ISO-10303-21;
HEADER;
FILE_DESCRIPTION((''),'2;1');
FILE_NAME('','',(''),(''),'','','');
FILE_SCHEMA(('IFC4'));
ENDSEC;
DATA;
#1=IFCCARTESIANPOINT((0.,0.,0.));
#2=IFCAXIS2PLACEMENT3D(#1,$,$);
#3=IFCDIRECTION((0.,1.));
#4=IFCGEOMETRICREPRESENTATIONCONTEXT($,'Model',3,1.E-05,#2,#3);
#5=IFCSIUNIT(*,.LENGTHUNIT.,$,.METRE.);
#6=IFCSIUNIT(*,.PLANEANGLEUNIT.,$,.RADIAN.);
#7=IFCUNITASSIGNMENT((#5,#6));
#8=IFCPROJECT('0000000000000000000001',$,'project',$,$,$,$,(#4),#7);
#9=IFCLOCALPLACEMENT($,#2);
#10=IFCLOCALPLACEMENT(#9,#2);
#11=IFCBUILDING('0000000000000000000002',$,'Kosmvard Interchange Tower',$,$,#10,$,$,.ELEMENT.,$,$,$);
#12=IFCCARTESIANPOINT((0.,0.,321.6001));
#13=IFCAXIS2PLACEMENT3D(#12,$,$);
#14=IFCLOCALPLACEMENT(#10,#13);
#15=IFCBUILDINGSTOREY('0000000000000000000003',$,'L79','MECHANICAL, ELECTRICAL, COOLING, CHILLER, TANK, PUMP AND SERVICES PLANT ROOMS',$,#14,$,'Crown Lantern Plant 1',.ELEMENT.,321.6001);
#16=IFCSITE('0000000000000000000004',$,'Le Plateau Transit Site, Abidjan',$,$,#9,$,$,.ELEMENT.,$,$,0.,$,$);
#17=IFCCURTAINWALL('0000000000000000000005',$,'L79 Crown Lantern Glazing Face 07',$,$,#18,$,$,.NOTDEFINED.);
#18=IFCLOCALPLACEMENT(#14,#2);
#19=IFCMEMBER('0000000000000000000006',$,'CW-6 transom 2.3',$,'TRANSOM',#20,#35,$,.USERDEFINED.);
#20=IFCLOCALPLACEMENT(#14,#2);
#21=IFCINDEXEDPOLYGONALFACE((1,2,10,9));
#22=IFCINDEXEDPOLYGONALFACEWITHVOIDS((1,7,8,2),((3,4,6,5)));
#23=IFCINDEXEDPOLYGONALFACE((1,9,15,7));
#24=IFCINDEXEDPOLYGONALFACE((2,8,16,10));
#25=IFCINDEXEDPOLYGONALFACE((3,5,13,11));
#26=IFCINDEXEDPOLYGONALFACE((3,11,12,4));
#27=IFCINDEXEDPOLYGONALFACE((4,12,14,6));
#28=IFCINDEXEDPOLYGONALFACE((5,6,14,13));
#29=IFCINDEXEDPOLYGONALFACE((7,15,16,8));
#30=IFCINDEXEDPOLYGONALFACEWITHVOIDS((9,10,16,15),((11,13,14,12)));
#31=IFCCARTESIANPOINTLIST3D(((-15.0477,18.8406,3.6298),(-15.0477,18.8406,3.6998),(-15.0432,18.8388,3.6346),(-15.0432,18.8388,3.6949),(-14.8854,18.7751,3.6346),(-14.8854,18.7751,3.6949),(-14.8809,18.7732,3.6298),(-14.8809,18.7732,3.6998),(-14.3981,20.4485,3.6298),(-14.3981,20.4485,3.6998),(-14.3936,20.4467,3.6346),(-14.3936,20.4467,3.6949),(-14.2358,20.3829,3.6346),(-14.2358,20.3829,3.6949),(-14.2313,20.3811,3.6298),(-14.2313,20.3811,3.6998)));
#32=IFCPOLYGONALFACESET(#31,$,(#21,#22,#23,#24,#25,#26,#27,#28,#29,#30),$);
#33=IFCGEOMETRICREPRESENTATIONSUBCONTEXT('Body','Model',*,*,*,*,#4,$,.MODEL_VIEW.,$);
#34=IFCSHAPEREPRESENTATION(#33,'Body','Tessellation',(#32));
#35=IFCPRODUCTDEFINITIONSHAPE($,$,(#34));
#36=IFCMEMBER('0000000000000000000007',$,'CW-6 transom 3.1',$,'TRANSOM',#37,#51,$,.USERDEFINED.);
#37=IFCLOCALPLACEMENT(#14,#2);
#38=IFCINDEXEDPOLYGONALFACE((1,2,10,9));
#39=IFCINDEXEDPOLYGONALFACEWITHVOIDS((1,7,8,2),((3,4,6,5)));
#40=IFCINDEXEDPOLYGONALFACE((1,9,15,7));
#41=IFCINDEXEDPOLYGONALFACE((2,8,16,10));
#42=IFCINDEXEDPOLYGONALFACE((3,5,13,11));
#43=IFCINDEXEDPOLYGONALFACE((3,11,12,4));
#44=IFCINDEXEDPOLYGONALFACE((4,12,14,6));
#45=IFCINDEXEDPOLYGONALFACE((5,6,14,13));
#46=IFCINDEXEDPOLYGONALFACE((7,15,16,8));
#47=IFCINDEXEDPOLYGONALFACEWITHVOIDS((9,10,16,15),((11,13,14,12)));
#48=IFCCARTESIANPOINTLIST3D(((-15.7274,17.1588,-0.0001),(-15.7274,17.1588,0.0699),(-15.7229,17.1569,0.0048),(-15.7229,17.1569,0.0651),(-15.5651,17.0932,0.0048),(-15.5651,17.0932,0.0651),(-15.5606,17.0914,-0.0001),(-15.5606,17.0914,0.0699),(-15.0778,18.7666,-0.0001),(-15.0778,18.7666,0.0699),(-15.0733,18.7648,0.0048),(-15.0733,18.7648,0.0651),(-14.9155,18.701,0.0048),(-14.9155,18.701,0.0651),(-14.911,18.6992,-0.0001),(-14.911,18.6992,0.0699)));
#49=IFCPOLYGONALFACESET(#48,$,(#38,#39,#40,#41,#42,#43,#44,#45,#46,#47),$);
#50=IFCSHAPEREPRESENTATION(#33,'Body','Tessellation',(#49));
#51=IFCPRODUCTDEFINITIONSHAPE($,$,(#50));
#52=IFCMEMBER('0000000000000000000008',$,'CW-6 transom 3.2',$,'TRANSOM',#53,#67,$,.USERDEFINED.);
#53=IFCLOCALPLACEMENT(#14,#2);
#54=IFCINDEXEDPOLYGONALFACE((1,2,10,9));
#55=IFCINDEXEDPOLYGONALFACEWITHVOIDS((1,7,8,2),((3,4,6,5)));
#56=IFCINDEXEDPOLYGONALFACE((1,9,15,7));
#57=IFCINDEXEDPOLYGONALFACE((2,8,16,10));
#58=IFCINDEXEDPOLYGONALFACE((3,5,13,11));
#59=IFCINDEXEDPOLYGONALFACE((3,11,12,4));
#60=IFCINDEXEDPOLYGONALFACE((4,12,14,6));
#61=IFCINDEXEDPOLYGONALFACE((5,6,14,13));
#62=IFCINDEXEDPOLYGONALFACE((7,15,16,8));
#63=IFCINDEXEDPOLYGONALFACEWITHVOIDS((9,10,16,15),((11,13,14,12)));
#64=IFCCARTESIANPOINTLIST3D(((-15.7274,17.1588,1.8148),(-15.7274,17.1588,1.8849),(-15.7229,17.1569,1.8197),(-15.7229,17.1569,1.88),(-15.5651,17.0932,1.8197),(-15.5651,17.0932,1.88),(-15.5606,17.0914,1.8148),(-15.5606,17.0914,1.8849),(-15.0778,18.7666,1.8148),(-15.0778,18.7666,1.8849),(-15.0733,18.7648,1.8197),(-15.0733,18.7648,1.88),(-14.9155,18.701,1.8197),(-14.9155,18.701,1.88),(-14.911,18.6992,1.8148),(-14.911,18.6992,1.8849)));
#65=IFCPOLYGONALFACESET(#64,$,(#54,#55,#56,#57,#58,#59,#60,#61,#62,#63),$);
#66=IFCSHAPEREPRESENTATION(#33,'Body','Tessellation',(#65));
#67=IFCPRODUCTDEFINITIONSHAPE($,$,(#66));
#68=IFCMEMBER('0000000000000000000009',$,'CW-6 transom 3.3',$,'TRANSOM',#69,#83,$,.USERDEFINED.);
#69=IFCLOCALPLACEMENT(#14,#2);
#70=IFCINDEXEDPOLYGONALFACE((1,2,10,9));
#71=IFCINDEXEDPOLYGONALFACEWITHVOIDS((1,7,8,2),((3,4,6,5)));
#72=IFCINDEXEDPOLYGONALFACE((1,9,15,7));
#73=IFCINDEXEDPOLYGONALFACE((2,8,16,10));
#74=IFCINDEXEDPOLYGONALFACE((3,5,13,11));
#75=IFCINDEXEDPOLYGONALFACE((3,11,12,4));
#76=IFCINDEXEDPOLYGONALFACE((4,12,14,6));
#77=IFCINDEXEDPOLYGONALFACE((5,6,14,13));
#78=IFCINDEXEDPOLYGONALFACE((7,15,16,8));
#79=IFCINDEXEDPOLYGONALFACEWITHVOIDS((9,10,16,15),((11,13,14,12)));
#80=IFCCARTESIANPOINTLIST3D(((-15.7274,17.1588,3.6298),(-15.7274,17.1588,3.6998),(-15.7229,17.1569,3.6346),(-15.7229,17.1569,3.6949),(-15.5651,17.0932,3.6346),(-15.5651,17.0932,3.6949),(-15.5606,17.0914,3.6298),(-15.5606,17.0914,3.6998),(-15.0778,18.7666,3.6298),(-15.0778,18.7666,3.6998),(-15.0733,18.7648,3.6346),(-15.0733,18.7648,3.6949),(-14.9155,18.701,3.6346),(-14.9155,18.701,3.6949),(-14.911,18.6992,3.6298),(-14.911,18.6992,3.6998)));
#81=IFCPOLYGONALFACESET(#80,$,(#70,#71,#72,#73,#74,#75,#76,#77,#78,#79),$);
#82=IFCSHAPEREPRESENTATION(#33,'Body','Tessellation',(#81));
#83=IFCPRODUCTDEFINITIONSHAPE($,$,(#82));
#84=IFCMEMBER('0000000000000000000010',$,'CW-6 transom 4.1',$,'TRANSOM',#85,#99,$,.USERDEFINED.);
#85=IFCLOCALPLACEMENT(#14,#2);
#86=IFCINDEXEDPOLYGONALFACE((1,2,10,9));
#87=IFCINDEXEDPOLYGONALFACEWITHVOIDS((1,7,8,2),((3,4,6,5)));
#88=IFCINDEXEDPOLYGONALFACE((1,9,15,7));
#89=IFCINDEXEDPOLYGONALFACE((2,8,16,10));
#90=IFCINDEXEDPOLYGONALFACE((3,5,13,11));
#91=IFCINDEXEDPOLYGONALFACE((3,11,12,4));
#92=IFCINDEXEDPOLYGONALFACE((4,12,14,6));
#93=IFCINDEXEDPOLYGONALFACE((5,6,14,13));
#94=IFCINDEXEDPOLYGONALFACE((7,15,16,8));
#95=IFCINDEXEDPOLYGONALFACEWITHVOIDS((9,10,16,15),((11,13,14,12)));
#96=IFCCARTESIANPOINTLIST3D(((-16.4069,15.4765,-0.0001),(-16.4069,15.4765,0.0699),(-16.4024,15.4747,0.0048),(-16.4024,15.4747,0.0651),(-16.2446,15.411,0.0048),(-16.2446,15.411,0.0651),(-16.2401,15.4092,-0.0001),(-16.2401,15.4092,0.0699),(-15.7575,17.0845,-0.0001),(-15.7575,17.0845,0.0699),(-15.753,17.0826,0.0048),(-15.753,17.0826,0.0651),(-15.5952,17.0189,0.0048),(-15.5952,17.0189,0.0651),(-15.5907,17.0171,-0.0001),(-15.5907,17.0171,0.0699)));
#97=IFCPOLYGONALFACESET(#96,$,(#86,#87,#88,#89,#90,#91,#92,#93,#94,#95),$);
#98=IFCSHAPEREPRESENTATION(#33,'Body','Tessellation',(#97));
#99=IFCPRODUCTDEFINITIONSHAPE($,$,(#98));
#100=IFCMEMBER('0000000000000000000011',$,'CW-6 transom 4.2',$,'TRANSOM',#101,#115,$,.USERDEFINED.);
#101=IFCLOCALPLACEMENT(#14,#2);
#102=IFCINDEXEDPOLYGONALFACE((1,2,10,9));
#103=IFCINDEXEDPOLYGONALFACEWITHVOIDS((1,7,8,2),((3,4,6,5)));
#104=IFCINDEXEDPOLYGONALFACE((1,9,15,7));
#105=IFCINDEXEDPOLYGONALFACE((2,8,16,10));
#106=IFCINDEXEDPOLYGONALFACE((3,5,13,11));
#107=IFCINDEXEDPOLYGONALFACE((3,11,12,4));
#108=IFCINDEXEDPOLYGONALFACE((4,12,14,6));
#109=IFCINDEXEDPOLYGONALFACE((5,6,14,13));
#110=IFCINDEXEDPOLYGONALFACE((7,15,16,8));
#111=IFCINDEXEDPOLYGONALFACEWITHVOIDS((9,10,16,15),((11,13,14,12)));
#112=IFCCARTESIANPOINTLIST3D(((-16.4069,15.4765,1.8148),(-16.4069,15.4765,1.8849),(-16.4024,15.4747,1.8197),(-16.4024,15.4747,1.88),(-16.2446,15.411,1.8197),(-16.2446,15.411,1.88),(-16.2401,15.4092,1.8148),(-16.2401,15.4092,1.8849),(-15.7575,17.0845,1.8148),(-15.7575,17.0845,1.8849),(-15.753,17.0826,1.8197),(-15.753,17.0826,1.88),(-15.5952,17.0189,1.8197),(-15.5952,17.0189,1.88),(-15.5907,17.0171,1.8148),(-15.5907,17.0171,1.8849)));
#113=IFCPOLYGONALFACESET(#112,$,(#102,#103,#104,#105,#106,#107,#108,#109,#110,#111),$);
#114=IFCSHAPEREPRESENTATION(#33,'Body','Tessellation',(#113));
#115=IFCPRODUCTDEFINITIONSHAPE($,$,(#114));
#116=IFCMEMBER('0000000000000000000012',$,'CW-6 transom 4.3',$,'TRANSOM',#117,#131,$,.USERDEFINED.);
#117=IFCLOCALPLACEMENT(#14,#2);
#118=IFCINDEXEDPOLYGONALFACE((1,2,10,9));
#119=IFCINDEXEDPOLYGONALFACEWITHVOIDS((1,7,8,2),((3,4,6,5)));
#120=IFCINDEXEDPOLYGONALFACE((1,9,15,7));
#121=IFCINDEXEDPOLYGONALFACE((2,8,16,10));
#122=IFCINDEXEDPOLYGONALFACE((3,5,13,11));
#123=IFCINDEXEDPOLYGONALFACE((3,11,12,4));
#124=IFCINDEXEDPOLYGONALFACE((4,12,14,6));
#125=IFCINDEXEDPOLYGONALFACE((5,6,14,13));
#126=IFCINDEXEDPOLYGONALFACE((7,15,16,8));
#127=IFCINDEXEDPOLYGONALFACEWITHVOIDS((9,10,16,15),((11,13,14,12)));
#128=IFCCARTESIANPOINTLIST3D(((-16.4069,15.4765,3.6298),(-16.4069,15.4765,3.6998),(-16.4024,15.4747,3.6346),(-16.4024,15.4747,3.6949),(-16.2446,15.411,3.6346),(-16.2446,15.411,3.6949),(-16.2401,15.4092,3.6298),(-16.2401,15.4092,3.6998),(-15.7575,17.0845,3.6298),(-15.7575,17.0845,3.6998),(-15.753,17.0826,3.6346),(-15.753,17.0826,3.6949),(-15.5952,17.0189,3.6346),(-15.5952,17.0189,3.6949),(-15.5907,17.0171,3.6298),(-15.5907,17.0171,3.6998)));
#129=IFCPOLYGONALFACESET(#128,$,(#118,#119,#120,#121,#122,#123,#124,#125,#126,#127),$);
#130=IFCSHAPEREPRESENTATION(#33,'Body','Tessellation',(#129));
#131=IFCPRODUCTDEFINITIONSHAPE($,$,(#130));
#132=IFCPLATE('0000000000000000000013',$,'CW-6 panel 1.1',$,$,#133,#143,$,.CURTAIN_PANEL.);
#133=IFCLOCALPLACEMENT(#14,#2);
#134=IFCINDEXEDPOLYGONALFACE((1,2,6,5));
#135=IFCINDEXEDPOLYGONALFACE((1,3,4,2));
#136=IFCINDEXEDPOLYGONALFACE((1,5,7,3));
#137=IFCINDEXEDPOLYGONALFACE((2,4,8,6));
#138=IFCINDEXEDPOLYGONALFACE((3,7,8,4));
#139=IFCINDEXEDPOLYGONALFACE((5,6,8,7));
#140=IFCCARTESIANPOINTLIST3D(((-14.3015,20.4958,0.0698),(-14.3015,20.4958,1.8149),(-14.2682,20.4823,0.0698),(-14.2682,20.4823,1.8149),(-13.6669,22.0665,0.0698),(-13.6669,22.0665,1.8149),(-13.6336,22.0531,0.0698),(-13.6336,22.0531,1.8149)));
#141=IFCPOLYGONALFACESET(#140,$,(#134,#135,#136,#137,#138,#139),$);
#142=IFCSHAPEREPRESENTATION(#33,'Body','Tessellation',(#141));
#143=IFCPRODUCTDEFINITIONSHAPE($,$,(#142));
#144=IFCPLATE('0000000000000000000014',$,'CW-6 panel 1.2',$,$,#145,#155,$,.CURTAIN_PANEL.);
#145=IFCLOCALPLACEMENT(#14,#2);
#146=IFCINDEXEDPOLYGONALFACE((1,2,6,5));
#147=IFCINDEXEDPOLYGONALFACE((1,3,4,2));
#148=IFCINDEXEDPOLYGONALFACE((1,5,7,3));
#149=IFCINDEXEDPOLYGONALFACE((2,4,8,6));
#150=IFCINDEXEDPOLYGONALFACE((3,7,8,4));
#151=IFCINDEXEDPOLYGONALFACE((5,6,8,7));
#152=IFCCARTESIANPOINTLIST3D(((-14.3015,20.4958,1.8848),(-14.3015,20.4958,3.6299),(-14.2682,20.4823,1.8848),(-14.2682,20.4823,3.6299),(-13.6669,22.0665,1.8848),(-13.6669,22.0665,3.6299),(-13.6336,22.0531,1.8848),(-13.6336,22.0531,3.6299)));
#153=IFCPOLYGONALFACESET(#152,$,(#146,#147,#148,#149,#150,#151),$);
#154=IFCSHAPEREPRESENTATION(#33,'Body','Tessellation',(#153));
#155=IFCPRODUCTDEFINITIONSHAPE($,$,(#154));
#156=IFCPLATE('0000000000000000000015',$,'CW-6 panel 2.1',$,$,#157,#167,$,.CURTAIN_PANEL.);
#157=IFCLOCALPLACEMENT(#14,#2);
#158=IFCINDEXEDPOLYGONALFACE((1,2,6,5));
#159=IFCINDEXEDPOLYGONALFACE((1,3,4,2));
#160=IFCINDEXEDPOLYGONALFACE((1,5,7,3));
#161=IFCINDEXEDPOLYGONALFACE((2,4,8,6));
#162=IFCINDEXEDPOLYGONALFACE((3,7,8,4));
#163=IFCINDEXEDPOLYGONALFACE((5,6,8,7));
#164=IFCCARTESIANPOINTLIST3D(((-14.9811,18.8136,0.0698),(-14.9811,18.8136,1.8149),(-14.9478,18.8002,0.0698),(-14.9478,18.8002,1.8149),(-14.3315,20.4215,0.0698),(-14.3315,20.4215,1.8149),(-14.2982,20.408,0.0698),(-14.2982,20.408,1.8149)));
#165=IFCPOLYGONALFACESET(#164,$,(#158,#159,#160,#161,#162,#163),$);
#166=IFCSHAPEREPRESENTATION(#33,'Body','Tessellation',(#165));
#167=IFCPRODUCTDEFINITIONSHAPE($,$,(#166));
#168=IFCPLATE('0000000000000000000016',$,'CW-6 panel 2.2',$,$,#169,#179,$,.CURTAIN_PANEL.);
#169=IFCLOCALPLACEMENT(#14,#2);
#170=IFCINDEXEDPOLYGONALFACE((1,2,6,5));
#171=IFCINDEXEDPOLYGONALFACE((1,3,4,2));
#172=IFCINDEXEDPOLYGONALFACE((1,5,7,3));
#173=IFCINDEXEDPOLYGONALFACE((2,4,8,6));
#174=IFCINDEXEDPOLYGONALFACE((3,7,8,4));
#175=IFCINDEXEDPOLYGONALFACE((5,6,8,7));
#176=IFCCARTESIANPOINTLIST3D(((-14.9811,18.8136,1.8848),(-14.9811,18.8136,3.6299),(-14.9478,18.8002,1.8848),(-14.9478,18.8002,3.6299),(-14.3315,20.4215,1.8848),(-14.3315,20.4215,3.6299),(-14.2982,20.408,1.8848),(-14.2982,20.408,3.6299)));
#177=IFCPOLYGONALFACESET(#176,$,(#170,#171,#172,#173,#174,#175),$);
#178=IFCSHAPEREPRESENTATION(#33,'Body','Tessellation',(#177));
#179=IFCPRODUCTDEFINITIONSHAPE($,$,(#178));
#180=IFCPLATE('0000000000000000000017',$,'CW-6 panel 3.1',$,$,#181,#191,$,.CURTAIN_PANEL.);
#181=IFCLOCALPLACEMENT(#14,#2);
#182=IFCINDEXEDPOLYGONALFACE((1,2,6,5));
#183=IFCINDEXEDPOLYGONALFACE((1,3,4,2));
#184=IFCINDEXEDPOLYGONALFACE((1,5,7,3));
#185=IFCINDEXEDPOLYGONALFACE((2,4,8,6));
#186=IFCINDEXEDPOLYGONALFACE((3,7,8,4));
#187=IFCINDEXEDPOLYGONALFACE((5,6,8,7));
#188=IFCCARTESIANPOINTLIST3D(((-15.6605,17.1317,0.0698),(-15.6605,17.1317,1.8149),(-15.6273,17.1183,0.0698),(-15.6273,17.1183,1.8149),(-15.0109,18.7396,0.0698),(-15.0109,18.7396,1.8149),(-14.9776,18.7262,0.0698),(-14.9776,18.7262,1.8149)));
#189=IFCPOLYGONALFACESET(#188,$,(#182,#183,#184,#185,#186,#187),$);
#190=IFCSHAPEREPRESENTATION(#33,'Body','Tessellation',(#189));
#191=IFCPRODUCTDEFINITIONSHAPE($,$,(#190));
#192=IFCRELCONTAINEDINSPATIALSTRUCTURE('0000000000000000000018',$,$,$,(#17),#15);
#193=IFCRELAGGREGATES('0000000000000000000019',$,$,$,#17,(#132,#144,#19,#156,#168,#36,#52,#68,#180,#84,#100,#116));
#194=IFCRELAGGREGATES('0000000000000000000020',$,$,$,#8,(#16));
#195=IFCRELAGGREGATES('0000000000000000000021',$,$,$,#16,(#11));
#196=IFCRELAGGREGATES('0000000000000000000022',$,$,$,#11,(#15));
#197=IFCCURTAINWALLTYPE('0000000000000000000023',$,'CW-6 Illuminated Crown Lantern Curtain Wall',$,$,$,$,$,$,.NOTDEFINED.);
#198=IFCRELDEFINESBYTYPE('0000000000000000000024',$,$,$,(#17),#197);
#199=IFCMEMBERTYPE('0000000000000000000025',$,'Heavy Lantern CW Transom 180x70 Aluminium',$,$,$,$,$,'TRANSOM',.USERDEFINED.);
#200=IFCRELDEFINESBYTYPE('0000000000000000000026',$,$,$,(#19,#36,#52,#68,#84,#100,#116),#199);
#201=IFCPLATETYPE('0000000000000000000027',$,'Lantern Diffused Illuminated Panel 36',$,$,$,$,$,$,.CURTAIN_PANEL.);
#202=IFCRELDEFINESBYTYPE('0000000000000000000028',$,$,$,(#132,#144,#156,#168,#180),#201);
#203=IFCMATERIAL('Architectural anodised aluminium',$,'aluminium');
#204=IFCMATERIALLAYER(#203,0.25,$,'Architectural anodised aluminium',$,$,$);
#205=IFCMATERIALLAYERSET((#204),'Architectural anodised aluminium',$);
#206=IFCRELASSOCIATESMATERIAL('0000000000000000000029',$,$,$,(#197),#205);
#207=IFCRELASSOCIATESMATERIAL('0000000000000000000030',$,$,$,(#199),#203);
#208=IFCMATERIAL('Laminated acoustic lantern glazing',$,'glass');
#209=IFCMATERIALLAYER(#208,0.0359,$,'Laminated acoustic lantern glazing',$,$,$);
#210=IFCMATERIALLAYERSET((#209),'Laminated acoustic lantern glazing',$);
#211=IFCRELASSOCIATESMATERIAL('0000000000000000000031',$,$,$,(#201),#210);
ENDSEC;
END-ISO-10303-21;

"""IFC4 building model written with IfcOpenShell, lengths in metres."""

from ifc_helpers import new_model, si_unit, direction, frame, origin, origin_2d, place, context, subcontext, project, spatial, rectangle, hollow_rectangle, extrude, source, transform, mapped, material, layer, layer_set, material_profile, profile_set, type_object, element, aggregate, save


model = new_model("IFC4")

# Units and contexts
model_context = context("Model", 3, precision=1e-05, world=origin(), true_north=direction((0.0, 1.0)))
body_context = subcontext(model_context, "Body", "Model", "MODEL_VIEW")
ifc_project = project(units=[si_unit("LENGTHUNIT", "METRE"), si_unit("PLANEANGLEUNIT", "RADIAN")], contexts=[model_context])

# Site, building, storey
site_placement = place(None, origin())
site = spatial("IfcSite", under=ifc_project, at=site_placement, Name="Le Plateau Transit Site, Abidjan", CompositionType="ELEMENT", RefElevation=0.0)
building_placement = place(site_placement, origin())
building = spatial("IfcBuilding", under=site, at=building_placement, Name="Kosmvard Interchange Tower", CompositionType="ELEMENT")
storey_placement = place(building_placement, frame((0.0, 0.0, 321.6001)))
storey = spatial("IfcBuildingStorey", under=building, at=storey_placement, Name="L79", Description="MECHANICAL, ELECTRICAL, COOLING, CHILLER, TANK, PUMP AND SERVICES PLANT ROOMS", LongName="Crown Lantern Plant 1", CompositionType="ELEMENT", Elevation=321.6001)

# Curtain wall, members, plates
ifc_material_1 = material(Name="Architectural anodised aluminium", Category="aluminium")
ifc_layer_1 = layer(ifc_material_1, 0.25, Name="Architectural anodised aluminium")
ifc_layer_set_1 = layer_set([ifc_layer_1], Name="Architectural anodised aluminium")
curtain_wall_type = type_object("IfcCurtainWallType", Name="CW-6 Illuminated Crown Lantern Curtain Wall", PredefinedType="NOTDEFINED", material=ifc_layer_set_1)
curtain_wall_placement = place(storey_placement, origin())
curtain_wall = element("IfcCurtainWall", 1, at=curtain_wall_placement, inside=storey, type_object=curtain_wall_type, Name="L79 Crown Lantern Glazing Face 07", PredefinedType="NOTDEFINED")
ifc_material_profile_1 = material_profile(ifc_material_1, hollow_rectangle(XDim=0.1799, YDim=0.0701, WallThickness=0.0049, at=origin_2d()), Name="CWT 180x70x5")
ifc_profile_set_1 = profile_set([ifc_material_profile_1], Name="Architectural anodised aluminium")
member_type_1 = type_object("IfcMemberType", Name="Heavy Lantern CW Transom 180x70 Aluminium", ElementType="TRANSOM", PredefinedType="USERDEFINED", material=ifc_profile_set_1)
shared_shape_1 = source(origin(), body_context, "Body", "SweptSolid", [
    extrude(hollow_rectangle(XDim=0.1799, YDim=0.0701, WallThickness=0.0049, at=origin_2d()), origin(), (0.0, 0.0, 1.0), 1.7341),
])
member_1_placement = place(storey_placement, frame((-14.3147, 20.4148, 3.6648), z_axis=(-0.374617, -0.92718, 0.0), x_axis=(0.92718, -0.374617, 0.0)))
member_1 = element("IfcMember", 2, at=member_1_placement, type_object=member_type_1, Name="CW-6 transom 2.3", ObjectType="TRANSOM", PredefinedType="USERDEFINED", context=body_context, shape_type="MappedRepresentation", body=[
    mapped(shared_shape_1, transform((0.0, 0.0, 0.0), scale=1.0)),
])
member_2_placement = place(storey_placement, frame((-14.9944, 18.7329, 0.0349), z_axis=(-0.374617, -0.92718, 0.0), x_axis=(0.92718, -0.374617, 0.0)))
member_2 = element("IfcMember", 3, at=member_2_placement, type_object=member_type_1, Name="CW-6 transom 3.1", ObjectType="TRANSOM", PredefinedType="USERDEFINED", context=body_context, shape_type="MappedRepresentation", body=[
    mapped(shared_shape_1, transform((0.0, 0.0, 0.0), scale=1.0)),
])
member_3_placement = place(storey_placement, frame((-14.9944, 18.7329, 1.8499), z_axis=(-0.374617, -0.92718, 0.0), x_axis=(0.92718, -0.374617, 0.0)))
member_3 = element("IfcMember", 4, at=member_3_placement, type_object=member_type_1, Name="CW-6 transom 3.2", ObjectType="TRANSOM", PredefinedType="USERDEFINED", context=body_context, shape_type="MappedRepresentation", body=[
    mapped(shared_shape_1, transform((0.0, 0.0, 0.0), scale=1.0)),
])
member_4_placement = place(storey_placement, frame((-14.9944, 18.7329, 3.6648), z_axis=(-0.374617, -0.92718, 0.0), x_axis=(0.92718, -0.374617, 0.0)))
member_4 = element("IfcMember", 5, at=member_4_placement, type_object=member_type_1, Name="CW-6 transom 3.3", ObjectType="TRANSOM", PredefinedType="USERDEFINED", context=body_context, shape_type="MappedRepresentation", body=[
    mapped(shared_shape_1, transform((0.0, 0.0, 0.0), scale=1.0)),
])
member_5_placement = place(storey_placement, frame((-15.6741, 17.0508, 0.0349), z_axis=(-0.374496, -0.927229, 0.0), x_axis=(0.927229, -0.374496, 0.0)))
member_5 = element("IfcMember", 6, at=member_5_placement, type_object=member_type_1, Name="CW-6 transom 4.1", ObjectType="TRANSOM", PredefinedType="USERDEFINED", context=body_context, shape_type="MappedRepresentation", body=[
    mapped(shared_shape_1, transform((0.0, 0.0, 0.0), scale=1.0)),
])
member_6_placement = place(storey_placement, frame((-15.6741, 17.0508, 1.8499), z_axis=(-0.374496, -0.927229, 0.0), x_axis=(0.927229, -0.374496, 0.0)))
member_6 = element("IfcMember", 7, at=member_6_placement, type_object=member_type_1, Name="CW-6 transom 4.2", ObjectType="TRANSOM", PredefinedType="USERDEFINED", context=body_context, shape_type="MappedRepresentation", body=[
    mapped(shared_shape_1, transform((0.0, 0.0, 0.0), scale=1.0)),
])
member_7_placement = place(storey_placement, frame((-15.6741, 17.0508, 3.6648), z_axis=(-0.374496, -0.927229, 0.0), x_axis=(0.927229, -0.374496, 0.0)))
member_7 = element("IfcMember", 8, at=member_7_placement, type_object=member_type_1, Name="CW-6 transom 4.3", ObjectType="TRANSOM", PredefinedType="USERDEFINED", context=body_context, shape_type="MappedRepresentation", body=[
    mapped(shared_shape_1, transform((0.0, 0.0, 0.0), scale=1.0)),
])
ifc_material_2 = material(Name="Laminated acoustic lantern glazing", Category="glass")
ifc_layer_2 = layer(ifc_material_2, 0.0359, Name="Laminated acoustic lantern glazing")
ifc_layer_set_2 = layer_set([ifc_layer_2], Name="Laminated acoustic lantern glazing")
plate_type = type_object("IfcPlateType", Name="Lantern Diffused Illuminated Panel 36", PredefinedType="CURTAIN_PANEL", material=ifc_layer_set_2)
shared_shape_2 = source(origin(), body_context, "Body", "SweptSolid", [
    extrude(rectangle(XDim=1.6941, YDim=0.0359, at=origin_2d()), origin(), (0.0, 0.0, 1.0), 1.7451),
])
plate_1_placement = place(storey_placement, frame((-13.9675, 21.2744, 0.0698), z_axis=(0.0, 0.0, 1.0), x_axis=(-0.374607, -0.927184, 0.0)))
plate_1 = element("IfcPlate", 9, at=plate_1_placement, type_object=plate_type, Name="CW-6 panel 1.1", PredefinedType="CURTAIN_PANEL", context=body_context, shape_type="MappedRepresentation", body=[
    mapped(shared_shape_2, transform((0.0, 0.0, 0.0), scale=1.0)),
])
plate_2_placement = place(storey_placement, frame((-13.9675, 21.2744, 1.8848), z_axis=(0.0, 0.0, 1.0), x_axis=(-0.374607, -0.927184, 0.0)))
plate_2 = element("IfcPlate", 10, at=plate_2_placement, type_object=plate_type, Name="CW-6 panel 1.2", PredefinedType="CURTAIN_PANEL", context=body_context, shape_type="MappedRepresentation", body=[
    mapped(shared_shape_2, transform((0.0, 0.0, 0.0), scale=1.0)),
])
shared_shape_3 = source(origin(), body_context, "Body", "SweptSolid", [
    extrude(rectangle(XDim=1.7341, YDim=0.0359, at=origin_2d()), origin(), (0.0, 0.0, 1.0), 1.7451),
])
plate_3_placement = place(storey_placement, frame((-14.6396, 19.6108, 0.0698), z_axis=(0.0, 0.0, 1.0), x_axis=(-0.374607, -0.927184, 0.0)))
plate_3 = element("IfcPlate", 11, at=plate_3_placement, type_object=plate_type, Name="CW-6 panel 2.1", PredefinedType="CURTAIN_PANEL", context=body_context, shape_type="MappedRepresentation", body=[
    mapped(shared_shape_3, transform((0.0, 0.0, 0.0), scale=1.0)),
])
plate_4_placement = place(storey_placement, frame((-14.6396, 19.6108, 1.8848), z_axis=(0.0, 0.0, 1.0), x_axis=(-0.374607, -0.927184, 0.0)))
plate_4 = element("IfcPlate", 12, at=plate_4_placement, type_object=plate_type, Name="CW-6 panel 2.2", PredefinedType="CURTAIN_PANEL", context=body_context, shape_type="MappedRepresentation", body=[
    mapped(shared_shape_3, transform((0.0, 0.0, 0.0), scale=1.0)),
])
plate_5_placement = place(storey_placement, frame((-15.3191, 17.929, 0.0698), z_axis=(0.0, 0.0, 1.0), x_axis=(-0.374607, -0.927184, 0.0)))
plate_5 = element("IfcPlate", 13, at=plate_5_placement, type_object=plate_type, Name="CW-6 panel 3.1", PredefinedType="CURTAIN_PANEL", context=body_context, shape_type="MappedRepresentation", body=[
    mapped(shared_shape_3, transform((0.0, 0.0, 0.0), scale=1.0)),
])
aggregate(curtain_wall, [plate_1, plate_2, member_1, plate_3, plate_4, member_2, member_3, member_4, plate_5, member_5, member_6, member_7])

save(model, "model.ifc")
